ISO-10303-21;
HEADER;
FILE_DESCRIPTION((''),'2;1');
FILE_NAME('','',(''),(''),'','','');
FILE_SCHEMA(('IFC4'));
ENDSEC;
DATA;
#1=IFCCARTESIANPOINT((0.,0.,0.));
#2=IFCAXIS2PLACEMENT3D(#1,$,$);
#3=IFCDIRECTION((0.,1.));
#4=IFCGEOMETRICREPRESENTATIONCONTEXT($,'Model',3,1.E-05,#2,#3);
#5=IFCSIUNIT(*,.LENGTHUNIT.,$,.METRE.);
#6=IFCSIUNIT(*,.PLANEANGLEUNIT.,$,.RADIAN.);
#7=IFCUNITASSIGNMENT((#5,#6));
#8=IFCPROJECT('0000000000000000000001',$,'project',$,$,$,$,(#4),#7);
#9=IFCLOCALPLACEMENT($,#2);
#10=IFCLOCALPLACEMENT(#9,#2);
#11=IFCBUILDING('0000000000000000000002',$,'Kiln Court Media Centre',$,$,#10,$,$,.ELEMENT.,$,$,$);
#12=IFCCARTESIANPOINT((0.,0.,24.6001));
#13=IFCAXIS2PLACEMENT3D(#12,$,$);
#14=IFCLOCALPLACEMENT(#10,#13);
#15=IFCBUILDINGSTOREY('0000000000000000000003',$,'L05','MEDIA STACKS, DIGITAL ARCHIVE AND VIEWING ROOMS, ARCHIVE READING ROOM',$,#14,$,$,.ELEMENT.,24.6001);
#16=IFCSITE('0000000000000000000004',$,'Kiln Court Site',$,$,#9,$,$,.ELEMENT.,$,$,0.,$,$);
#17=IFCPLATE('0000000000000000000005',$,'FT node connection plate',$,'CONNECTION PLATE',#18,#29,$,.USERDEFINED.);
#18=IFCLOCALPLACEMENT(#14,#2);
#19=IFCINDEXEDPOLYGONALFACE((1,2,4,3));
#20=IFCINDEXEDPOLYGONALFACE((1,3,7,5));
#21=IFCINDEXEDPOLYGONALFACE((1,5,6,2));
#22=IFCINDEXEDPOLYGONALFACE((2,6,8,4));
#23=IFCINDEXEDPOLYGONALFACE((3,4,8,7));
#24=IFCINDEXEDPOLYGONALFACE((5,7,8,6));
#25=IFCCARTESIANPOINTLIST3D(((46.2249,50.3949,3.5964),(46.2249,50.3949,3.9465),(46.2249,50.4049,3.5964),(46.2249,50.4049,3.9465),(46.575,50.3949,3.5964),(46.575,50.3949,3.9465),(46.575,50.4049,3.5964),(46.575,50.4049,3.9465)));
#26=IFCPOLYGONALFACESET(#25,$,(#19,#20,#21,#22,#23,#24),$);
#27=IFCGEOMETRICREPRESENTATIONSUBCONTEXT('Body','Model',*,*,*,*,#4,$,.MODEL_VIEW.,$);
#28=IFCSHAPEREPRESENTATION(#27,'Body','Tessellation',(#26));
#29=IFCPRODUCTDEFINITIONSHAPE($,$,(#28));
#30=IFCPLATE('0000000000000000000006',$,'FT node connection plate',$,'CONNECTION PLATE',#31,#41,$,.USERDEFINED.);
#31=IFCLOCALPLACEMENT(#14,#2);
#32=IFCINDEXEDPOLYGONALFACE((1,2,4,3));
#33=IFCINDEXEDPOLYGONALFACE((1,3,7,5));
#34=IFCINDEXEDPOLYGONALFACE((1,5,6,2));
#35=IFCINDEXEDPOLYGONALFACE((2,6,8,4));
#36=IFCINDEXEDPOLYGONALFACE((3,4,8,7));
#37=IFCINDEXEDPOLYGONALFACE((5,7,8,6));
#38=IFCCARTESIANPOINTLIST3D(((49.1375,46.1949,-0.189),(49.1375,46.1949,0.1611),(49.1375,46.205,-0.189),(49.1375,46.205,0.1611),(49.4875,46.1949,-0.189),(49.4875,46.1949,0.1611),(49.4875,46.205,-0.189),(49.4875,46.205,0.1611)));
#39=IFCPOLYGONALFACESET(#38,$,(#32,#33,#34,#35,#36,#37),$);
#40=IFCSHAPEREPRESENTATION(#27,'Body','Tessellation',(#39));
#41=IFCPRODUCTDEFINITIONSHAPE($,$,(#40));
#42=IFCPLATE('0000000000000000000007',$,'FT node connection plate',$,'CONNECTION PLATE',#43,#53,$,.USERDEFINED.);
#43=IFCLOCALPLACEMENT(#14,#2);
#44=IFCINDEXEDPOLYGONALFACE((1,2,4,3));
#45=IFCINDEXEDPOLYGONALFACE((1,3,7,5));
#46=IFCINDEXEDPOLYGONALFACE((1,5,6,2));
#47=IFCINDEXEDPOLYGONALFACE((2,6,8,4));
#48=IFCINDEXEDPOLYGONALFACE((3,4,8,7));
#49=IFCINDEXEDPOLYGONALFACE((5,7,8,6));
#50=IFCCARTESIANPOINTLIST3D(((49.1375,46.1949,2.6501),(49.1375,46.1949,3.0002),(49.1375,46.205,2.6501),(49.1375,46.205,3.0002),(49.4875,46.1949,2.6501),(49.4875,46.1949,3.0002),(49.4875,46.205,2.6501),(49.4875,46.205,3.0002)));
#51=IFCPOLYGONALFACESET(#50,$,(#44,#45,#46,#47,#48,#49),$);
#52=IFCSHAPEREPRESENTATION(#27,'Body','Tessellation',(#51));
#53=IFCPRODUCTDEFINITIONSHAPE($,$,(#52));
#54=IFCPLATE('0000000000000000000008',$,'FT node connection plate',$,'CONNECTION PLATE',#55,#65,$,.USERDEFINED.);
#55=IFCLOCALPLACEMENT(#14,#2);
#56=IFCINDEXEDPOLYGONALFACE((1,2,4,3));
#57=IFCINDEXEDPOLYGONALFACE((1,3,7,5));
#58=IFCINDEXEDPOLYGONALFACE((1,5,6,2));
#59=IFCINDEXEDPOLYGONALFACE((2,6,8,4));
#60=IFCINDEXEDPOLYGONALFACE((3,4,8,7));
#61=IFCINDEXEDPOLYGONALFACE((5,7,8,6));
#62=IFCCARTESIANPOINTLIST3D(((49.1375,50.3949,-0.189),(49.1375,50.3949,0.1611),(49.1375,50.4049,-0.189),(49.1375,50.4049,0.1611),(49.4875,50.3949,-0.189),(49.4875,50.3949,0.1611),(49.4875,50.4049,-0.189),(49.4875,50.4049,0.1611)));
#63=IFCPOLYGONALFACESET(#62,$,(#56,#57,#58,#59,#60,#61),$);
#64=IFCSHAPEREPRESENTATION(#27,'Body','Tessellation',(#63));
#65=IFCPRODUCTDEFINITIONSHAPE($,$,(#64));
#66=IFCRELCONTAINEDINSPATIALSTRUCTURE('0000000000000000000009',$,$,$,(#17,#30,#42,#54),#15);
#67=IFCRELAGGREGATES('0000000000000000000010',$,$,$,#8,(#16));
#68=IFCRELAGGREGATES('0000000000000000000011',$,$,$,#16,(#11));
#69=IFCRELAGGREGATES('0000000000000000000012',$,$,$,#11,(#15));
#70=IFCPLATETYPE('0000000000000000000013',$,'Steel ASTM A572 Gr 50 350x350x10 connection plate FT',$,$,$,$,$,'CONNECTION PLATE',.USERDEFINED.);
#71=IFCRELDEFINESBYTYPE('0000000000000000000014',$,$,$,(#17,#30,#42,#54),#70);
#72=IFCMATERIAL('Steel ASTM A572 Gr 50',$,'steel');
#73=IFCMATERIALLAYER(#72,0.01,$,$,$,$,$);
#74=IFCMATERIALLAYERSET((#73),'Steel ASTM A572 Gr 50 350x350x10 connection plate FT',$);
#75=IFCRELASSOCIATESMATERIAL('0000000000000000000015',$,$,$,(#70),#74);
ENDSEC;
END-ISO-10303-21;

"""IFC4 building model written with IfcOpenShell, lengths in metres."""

from ifc_helpers import new_model, si_unit, direction, frame, origin, origin_2d, place, context, subcontext, project, spatial, rectangle, extrude, material, layer, layer_set, type_object, element, save


model = new_model("IFC4")

# Units and contexts
model_context = context("Model", 3, precision=1e-05, world=origin(), true_north=direction((0.0, 1.0)))
body_context = subcontext(model_context, "Body", "Model", "MODEL_VIEW")
ifc_project = project(units=[si_unit("LENGTHUNIT", "METRE"), si_unit("PLANEANGLEUNIT", "RADIAN")], contexts=[model_context])

# Site, building, storey
site_placement = place(None, origin())
site = spatial("IfcSite", under=ifc_project, at=site_placement, Name="Kiln Court Site", CompositionType="ELEMENT", RefElevation=0.0)
building_placement = place(site_placement, origin())
building = spatial("IfcBuilding", under=site, at=building_placement, Name="Kiln Court Media Centre", CompositionType="ELEMENT")
storey_placement = place(building_placement, frame((0.0, 0.0, 24.6001)))
storey = spatial("IfcBuildingStorey", under=building, at=storey_placement, Name="L05", Description="MEDIA STACKS, DIGITAL ARCHIVE AND VIEWING ROOMS, ARCHIVE READING ROOM", CompositionType="ELEMENT", Elevation=24.6001)

# Plates
ifc_material_1 = material(Name="Steel ASTM A572 Gr 50", Category="steel")
ifc_layer_1 = layer(ifc_material_1, 0.01)
ifc_layer_set_1 = layer_set([ifc_layer_1], Name="Steel ASTM A572 Gr 50 350x350x10 connection plate FT")
plate_type_1 = type_object("IfcPlateType", Name="Steel ASTM A572 Gr 50 350x350x10 connection plate FT", ElementType="CONNECTION PLATE", PredefinedType="USERDEFINED", material=ifc_layer_set_1)
for number, where, z_axis, x_axis, name in (
    (1, (46.3999, 50.3999, 3.5964), (0.0, 0.0, 1.0), (1.0, 0.0, 0.0), "FT node connection plate"),
    (2, (49.3125, 46.2, -0.189), (0.0, 0.0, 1.0), (1.0, 0.0, 0.0), "FT node connection plate"),
    (3, (49.3125, 46.2, 2.6501), (0.0, 0.0, 1.0), (1.0, 0.0, 0.0), "FT node connection plate"),
    (4, (49.3125, 50.3999, -0.189), (0.0, 0.0, 1.0), (1.0, 0.0, 0.0), "FT node connection plate"),
):
    element("IfcPlate", number, at=place(storey_placement, frame(where, z_axis=z_axis, x_axis=x_axis)), inside=storey, type_object=plate_type_1, Name=name, ObjectType="CONNECTION PLATE", PredefinedType="USERDEFINED", context=body_context, shape_type="SweptSolid", body=[
        extrude(rectangle(XDim=0.3501, YDim=0.01, at=origin_2d()), origin(), (0.0, 0.0, 1.0), 0.3501),
    ])

save(model, "model.ifc")
